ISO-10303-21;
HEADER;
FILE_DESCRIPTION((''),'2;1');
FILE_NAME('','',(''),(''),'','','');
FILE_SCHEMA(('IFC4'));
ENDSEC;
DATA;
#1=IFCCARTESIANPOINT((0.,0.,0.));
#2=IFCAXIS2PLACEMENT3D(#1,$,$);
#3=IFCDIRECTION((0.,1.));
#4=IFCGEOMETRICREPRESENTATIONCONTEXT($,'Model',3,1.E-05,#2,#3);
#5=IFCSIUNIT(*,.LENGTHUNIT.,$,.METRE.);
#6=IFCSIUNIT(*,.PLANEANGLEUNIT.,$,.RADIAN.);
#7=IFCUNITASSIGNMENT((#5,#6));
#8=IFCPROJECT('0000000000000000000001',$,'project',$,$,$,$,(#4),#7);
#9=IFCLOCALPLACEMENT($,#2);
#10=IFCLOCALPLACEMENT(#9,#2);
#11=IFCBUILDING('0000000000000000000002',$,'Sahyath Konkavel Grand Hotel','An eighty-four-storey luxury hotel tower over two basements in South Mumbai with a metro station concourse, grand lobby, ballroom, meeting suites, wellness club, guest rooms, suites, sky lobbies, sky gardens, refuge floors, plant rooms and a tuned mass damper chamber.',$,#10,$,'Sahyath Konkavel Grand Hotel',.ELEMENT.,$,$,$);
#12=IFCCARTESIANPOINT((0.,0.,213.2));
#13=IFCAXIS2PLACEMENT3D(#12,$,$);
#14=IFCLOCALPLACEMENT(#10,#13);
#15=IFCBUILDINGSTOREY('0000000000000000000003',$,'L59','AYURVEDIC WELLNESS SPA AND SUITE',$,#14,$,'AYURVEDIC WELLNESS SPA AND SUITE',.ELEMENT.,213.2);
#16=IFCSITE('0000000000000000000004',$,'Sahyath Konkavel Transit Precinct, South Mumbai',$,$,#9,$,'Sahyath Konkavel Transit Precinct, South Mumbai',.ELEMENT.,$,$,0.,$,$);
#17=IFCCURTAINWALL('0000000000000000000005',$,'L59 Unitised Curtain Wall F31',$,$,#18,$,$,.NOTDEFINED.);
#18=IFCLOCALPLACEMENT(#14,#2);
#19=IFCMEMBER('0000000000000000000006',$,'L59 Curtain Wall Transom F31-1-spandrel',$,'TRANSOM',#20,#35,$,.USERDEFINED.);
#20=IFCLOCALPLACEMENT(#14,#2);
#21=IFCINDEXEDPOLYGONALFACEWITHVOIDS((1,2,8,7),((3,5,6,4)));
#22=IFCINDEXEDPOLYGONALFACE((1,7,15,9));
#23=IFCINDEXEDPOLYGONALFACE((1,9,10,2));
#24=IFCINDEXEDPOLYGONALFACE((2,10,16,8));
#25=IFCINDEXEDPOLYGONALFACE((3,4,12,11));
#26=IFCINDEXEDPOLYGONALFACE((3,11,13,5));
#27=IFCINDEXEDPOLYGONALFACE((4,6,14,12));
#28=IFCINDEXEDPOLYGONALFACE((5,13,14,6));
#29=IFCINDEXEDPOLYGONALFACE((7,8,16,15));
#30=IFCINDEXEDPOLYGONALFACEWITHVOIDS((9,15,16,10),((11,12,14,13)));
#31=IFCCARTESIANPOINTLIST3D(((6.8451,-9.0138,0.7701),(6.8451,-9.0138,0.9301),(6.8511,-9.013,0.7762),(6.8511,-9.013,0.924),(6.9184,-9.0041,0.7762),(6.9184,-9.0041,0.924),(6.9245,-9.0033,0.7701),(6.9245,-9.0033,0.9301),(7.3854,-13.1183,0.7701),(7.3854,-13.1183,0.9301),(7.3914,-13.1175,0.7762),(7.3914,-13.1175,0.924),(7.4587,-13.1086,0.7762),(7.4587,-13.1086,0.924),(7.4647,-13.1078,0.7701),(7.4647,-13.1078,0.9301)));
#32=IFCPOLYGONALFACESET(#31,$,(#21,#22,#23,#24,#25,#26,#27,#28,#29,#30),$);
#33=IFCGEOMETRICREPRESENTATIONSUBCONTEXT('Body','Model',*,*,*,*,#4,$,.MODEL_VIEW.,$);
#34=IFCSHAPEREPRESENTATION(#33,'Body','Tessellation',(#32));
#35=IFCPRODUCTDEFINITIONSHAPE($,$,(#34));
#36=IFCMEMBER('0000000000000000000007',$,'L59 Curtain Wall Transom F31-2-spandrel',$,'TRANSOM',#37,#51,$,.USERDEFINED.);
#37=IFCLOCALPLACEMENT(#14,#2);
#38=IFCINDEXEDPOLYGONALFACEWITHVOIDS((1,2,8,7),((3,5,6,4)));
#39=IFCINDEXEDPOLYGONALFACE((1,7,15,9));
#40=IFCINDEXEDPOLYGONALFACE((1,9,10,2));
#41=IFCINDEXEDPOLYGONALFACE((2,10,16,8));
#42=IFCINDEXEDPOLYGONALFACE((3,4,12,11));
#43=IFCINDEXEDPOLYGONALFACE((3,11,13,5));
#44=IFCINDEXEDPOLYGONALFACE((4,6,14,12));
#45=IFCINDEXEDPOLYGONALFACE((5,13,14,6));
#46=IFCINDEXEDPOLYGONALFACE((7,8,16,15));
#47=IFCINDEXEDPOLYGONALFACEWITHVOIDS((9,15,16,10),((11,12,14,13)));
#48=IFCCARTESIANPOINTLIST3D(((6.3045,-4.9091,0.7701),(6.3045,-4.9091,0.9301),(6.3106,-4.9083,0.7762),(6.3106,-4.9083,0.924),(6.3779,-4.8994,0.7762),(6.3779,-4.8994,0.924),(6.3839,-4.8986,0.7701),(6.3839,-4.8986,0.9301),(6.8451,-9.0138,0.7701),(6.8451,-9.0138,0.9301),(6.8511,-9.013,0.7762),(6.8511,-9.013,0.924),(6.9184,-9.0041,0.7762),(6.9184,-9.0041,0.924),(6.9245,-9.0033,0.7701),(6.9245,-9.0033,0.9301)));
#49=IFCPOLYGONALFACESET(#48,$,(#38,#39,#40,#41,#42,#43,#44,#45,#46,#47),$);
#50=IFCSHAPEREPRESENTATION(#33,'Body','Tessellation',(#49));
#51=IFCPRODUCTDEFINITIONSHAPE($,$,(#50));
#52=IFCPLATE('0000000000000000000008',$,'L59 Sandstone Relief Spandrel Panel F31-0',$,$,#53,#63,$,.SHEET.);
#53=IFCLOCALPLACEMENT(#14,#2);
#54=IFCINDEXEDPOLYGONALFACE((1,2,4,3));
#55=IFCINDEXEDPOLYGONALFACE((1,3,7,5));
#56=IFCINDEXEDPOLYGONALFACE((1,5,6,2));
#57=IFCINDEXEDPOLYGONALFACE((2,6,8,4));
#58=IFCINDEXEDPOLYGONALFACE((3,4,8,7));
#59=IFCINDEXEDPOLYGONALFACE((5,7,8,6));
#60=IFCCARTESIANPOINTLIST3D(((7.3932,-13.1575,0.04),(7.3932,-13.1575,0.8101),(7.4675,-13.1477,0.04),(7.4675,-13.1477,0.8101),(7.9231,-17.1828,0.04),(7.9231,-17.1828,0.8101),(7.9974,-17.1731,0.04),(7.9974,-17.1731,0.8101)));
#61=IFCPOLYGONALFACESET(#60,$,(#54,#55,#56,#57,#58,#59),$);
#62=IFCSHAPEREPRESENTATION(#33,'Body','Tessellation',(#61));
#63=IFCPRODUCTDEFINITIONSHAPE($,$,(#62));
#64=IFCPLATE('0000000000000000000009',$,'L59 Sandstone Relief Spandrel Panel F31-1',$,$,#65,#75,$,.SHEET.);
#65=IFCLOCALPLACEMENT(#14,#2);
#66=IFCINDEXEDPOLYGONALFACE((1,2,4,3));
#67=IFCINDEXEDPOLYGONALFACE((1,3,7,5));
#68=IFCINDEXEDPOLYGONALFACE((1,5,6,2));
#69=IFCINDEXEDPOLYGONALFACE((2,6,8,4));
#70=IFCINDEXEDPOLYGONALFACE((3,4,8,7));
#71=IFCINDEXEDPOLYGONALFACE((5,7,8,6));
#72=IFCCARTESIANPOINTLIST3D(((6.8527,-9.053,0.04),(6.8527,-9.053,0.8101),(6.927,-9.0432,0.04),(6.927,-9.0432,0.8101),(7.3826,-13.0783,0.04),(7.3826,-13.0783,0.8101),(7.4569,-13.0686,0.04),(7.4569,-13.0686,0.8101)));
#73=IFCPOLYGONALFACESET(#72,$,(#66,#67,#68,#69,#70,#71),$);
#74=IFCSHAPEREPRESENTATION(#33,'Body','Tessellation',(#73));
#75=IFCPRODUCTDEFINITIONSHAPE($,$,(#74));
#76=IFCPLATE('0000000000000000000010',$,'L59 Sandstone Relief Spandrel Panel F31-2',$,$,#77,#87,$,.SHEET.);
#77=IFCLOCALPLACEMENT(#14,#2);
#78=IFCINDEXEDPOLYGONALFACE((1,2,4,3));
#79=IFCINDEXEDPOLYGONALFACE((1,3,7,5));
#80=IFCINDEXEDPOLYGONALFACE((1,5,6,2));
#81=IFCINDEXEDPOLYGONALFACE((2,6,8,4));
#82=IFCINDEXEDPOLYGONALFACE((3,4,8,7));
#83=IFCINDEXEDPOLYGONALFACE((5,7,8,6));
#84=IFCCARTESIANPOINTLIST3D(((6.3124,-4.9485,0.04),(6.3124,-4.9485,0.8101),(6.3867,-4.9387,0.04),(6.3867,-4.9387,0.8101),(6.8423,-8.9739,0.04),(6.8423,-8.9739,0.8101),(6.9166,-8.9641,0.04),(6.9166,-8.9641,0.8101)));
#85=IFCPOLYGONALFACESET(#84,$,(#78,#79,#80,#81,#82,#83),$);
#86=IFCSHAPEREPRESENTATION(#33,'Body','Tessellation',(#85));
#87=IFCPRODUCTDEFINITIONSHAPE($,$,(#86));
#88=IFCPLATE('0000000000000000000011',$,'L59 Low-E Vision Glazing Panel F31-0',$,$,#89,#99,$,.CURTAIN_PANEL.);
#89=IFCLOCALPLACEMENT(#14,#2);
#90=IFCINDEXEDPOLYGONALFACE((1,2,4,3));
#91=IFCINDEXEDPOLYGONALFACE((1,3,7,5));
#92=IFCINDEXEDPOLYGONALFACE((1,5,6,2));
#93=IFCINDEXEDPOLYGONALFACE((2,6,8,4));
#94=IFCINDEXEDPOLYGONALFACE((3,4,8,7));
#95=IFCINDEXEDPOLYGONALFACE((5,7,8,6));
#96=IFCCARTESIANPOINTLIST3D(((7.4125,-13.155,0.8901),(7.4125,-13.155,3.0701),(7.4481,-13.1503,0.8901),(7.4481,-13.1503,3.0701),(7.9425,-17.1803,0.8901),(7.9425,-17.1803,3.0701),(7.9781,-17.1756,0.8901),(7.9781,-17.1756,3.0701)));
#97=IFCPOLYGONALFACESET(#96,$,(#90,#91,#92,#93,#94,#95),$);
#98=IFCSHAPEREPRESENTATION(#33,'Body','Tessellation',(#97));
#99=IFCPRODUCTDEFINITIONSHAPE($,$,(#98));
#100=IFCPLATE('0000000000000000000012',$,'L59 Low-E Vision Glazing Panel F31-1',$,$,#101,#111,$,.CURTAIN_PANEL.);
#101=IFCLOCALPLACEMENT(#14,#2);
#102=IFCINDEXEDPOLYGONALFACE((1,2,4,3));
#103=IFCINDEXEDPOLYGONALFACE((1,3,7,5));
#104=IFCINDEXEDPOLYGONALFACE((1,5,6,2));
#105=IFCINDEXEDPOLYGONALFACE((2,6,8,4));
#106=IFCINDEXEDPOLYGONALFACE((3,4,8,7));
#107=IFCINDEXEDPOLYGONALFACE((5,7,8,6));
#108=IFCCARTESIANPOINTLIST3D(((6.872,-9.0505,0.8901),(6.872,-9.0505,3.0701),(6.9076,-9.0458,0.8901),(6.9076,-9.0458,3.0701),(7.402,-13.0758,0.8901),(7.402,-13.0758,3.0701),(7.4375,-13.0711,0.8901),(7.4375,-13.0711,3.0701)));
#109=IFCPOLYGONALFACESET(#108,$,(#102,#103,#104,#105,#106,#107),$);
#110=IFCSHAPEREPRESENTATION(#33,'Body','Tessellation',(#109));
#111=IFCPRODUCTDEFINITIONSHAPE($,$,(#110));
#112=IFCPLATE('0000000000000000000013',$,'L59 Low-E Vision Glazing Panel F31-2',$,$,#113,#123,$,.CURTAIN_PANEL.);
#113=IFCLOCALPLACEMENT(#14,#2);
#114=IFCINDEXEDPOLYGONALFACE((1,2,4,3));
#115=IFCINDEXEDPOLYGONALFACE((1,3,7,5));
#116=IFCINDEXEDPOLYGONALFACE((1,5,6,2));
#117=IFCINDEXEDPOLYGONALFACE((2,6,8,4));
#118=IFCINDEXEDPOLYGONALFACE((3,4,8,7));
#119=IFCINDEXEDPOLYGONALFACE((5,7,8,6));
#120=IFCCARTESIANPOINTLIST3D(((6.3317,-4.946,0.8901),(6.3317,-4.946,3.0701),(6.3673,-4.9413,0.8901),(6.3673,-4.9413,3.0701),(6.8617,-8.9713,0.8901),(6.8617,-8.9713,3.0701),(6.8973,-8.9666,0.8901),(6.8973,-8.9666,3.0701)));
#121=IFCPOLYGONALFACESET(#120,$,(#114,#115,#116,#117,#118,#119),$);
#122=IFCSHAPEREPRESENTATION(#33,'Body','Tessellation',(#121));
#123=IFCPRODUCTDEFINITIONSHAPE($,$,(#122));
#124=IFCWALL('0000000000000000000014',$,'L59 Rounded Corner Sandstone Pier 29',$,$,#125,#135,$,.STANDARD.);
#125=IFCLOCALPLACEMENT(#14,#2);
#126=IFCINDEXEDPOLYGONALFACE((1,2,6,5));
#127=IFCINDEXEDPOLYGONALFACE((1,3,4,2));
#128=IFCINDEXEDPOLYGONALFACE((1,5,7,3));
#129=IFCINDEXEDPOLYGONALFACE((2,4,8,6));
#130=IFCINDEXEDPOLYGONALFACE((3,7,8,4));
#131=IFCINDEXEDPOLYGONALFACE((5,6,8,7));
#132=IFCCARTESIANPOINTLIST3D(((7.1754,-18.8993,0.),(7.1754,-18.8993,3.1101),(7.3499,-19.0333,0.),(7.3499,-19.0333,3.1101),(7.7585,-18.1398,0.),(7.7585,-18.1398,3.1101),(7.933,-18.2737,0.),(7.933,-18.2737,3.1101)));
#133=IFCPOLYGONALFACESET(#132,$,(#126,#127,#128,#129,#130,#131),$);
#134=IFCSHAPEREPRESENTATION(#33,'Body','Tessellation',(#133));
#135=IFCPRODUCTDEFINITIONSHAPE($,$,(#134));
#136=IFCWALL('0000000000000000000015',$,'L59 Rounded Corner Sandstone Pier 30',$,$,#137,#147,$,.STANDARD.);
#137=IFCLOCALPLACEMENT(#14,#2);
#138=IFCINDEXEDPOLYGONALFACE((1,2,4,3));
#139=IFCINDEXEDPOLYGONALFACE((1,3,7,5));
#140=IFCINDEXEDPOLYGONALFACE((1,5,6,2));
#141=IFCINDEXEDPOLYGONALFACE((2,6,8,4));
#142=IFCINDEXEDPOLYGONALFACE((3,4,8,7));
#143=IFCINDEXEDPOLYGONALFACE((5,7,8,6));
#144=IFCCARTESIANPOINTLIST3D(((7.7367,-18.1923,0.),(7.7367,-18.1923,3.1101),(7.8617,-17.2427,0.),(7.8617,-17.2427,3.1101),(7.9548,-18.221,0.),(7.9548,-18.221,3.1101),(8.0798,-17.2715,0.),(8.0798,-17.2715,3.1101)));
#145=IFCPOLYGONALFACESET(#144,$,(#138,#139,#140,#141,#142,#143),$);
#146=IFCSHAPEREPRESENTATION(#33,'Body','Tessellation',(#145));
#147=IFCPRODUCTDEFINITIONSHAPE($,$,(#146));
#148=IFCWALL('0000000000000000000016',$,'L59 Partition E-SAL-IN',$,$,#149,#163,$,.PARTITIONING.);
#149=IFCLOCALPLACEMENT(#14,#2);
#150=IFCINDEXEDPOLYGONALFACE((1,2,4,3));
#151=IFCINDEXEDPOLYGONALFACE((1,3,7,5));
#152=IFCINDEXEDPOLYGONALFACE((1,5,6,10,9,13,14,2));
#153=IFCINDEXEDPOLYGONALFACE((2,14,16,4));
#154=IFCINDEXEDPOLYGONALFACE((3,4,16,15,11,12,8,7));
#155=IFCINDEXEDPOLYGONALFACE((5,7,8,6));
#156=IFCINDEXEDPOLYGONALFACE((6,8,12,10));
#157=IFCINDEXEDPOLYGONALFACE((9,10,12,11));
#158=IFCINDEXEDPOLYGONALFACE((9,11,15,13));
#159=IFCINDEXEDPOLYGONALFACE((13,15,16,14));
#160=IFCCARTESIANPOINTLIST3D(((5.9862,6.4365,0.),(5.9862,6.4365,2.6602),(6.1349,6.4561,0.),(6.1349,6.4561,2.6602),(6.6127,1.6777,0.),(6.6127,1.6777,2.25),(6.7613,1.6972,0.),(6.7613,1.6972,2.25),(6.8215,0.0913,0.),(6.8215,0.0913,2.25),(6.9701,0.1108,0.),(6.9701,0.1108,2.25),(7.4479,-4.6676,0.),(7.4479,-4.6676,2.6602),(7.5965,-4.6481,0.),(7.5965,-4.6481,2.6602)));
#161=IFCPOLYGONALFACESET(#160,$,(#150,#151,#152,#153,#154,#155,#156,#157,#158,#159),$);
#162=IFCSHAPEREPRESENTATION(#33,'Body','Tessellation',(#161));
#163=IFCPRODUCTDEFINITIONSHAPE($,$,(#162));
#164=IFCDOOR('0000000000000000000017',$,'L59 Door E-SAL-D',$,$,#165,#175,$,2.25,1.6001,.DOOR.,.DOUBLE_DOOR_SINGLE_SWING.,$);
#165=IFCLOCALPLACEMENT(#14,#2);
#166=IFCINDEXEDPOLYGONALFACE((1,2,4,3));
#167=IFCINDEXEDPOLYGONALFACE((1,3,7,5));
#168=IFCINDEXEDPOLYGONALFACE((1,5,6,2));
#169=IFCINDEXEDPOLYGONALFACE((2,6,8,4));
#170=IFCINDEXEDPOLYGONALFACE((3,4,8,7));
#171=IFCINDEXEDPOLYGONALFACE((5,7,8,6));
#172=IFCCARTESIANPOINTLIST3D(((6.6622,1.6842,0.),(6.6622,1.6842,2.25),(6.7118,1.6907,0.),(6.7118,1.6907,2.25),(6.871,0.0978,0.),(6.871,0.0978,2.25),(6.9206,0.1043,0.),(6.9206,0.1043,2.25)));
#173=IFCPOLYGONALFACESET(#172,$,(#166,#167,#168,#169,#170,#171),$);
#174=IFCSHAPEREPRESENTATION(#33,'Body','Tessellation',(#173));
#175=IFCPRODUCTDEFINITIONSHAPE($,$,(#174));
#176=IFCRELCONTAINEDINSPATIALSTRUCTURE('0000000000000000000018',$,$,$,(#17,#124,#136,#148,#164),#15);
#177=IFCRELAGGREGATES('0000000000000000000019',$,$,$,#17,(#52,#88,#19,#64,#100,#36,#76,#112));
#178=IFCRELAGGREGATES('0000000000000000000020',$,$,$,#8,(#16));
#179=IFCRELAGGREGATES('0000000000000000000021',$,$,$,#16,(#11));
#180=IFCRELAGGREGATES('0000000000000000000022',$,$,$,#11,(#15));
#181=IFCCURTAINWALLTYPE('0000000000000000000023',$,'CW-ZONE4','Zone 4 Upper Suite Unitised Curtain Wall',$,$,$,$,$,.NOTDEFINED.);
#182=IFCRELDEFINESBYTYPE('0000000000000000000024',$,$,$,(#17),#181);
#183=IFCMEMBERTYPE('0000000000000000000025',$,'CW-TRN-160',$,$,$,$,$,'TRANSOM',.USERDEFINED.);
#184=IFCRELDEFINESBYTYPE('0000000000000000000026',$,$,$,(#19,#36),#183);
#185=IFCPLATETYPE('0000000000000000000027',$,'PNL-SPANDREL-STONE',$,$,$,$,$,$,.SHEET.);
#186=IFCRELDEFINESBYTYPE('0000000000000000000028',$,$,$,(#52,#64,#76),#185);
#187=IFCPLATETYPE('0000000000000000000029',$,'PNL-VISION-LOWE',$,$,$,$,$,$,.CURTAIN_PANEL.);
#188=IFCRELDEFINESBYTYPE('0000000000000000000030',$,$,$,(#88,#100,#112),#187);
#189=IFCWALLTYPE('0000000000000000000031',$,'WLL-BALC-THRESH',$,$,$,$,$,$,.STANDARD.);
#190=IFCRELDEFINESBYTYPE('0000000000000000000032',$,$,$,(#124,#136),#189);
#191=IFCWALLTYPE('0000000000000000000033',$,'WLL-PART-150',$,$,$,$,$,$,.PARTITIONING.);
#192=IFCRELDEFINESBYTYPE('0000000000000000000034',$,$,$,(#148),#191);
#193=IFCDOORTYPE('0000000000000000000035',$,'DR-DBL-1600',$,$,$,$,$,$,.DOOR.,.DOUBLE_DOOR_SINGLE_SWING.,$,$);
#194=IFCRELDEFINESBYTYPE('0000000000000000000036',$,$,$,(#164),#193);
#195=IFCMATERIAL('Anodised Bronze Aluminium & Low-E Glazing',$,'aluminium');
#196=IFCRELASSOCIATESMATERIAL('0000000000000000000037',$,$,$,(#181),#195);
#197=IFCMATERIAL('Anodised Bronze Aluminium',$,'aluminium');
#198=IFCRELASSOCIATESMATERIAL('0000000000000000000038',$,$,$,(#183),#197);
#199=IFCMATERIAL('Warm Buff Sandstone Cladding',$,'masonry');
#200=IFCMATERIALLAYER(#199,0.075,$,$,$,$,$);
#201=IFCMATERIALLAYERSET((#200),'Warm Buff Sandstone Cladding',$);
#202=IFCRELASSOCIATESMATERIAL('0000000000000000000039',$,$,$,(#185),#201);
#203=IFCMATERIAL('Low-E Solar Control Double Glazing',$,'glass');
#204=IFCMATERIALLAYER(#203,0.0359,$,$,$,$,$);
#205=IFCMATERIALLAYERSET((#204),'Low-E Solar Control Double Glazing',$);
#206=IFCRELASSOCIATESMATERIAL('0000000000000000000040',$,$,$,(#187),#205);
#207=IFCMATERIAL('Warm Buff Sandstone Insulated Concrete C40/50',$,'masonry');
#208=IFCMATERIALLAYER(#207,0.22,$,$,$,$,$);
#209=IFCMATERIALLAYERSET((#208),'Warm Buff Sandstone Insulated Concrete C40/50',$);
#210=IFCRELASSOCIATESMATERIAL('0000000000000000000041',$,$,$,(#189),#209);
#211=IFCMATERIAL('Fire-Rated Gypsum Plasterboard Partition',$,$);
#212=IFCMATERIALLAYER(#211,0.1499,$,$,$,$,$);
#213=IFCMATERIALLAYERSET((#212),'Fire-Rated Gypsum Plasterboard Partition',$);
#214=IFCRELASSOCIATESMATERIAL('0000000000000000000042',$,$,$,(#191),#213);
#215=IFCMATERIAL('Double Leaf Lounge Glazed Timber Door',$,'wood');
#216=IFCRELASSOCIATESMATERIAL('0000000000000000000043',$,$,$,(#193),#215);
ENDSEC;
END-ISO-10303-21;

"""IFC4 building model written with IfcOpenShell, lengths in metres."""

from ifc_helpers import new_model, si_unit, direction, frame, frame_2d, origin, origin_2d, place, context, subcontext, project, spatial, rectangle, hollow_rectangle, extrude, source, transform, mapped, material, layer, layer_set, material_profile, profile_set, type_object, element, fill, aggregate, save


model = new_model("IFC4")

# Units and contexts
model_context = context("Model", 3, precision=1e-05, world=origin(), true_north=direction((0.0, 1.0)))
body_context = subcontext(model_context, "Body", "Model", "MODEL_VIEW")
ifc_project = project(units=[si_unit("LENGTHUNIT", "METRE"), si_unit("PLANEANGLEUNIT", "RADIAN")], contexts=[model_context])

# Site, building, storey
site_placement = place(None, origin())
site = spatial("IfcSite", under=ifc_project, at=site_placement, Name="Sahyath Konkavel Transit Precinct, South Mumbai", LongName="Sahyath Konkavel Transit Precinct, South Mumbai", CompositionType="ELEMENT", RefElevation=0.0)
building_placement = place(site_placement, origin())
building = spatial("IfcBuilding", under=site, at=building_placement, Name="Sahyath Konkavel Grand Hotel", Description="An eighty-four-storey luxury hotel tower over two basements in South Mumbai with a metro station concourse, grand lobby, ballroom, meeting suites, wellness club, guest rooms, suites, sky lobbies, sky gardens, refuge floors, plant rooms and a tuned mass damper chamber.", LongName="Sahyath Konkavel Grand Hotel", CompositionType="ELEMENT")
storey_placement = place(building_placement, frame((0.0, 0.0, 213.2)))
storey = spatial("IfcBuildingStorey", under=building, at=storey_placement, Name="L59", Description="AYURVEDIC WELLNESS SPA AND SUITE", LongName="AYURVEDIC WELLNESS SPA AND SUITE", CompositionType="ELEMENT", Elevation=213.2)

# Curtain wall
ifc_material_1 = material(Name="Anodised Bronze Aluminium & Low-E Glazing", Category="aluminium")
curtain_wall_type = type_object("IfcCurtainWallType", Name="CW-ZONE4", Description="Zone 4 Upper Suite Unitised Curtain Wall", PredefinedType="NOTDEFINED", material=ifc_material_1)
curtain_wall_1_placement = place(storey_placement, origin())
curtain_wall_1 = element("IfcCurtainWall", 1, at=curtain_wall_1_placement, inside=storey, type_object=curtain_wall_type, Name="L59 Unitised Curtain Wall F31", PredefinedType="NOTDEFINED")

# Shared definitions
ifc_material_2 = material(Name="Anodised Bronze Aluminium", Category="aluminium")

# Members
ifc_material_profile_1 = material_profile(ifc_material_2, hollow_rectangle(XDim=0.0801, YDim=0.1599, WallThickness=0.0061, at=origin_2d()), Name="RHS 160x80x6")
ifc_profile_set_1 = profile_set([ifc_material_profile_1], Name="Anodised Bronze Aluminium")
member_type_1 = type_object("IfcMemberType", Name="CW-TRN-160", ElementType="TRANSOM", PredefinedType="USERDEFINED", material=ifc_profile_set_1)
shared_shape_1 = source(origin(), body_context, "Body", "SweptSolid", [
    extrude(hollow_rectangle(XDim=0.0801, YDim=0.1599, WallThickness=0.0061, at=origin_2d()), origin(), (0.0, 0.0, 1.0), 4.1399),
])
member_1_placement = place(storey_placement, frame((7.425, -13.113, 0.8501), z_axis=(-0.130506, 0.991447, 0.0), x_axis=(-0.991447, -0.130506, 0.0)))
member_1 = element("IfcMember", 2, at=member_1_placement, type_object=member_type_1, Name="L59 Curtain Wall Transom F31-1-spandrel", ObjectType="TRANSOM", PredefinedType="USERDEFINED", context=body_context, shape_type="MappedRepresentation", body=[
    mapped(shared_shape_1, transform((0.0, 0.0, 0.0), scale=1.0)),
])
shared_shape_2 = source(origin(), body_context, "Body", "SweptSolid", [
    extrude(hollow_rectangle(XDim=0.0801, YDim=0.1599, WallThickness=0.0061, at=origin_2d()), origin(), (0.0, 0.0, 1.0), 4.1401),
])
member_2_placement = place(storey_placement, frame((6.8848, -9.0085, 0.8501), z_axis=(-0.130557, 0.991441, 0.0), x_axis=(-0.991441, -0.130557, 0.0)))
member_2 = element("IfcMember", 3, at=member_2_placement, type_object=member_type_1, Name="L59 Curtain Wall Transom F31-2-spandrel", ObjectType="TRANSOM", PredefinedType="USERDEFINED", context=body_context, shape_type="MappedRepresentation", body=[
    mapped(shared_shape_2, transform((0.0, 0.0, 0.0), scale=1.0)),
])

# Plates
ifc_material_3 = material(Name="Warm Buff Sandstone Cladding", Category="masonry")
ifc_layer_1 = layer(ifc_material_3, 0.075)
ifc_layer_set_1 = layer_set([ifc_layer_1], Name="Warm Buff Sandstone Cladding")
plate_type_1 = type_object("IfcPlateType", Name="PNL-SPANDREL-STONE", PredefinedType="SHEET", material=ifc_layer_set_1)
shared_shape_3 = source(origin(), body_context, "Body", "SweptSolid", [
    extrude(rectangle(XDim=4.0601, YDim=0.075, at=origin_2d()), origin(), (0.0, 0.0, 1.0), 0.77),
])
plate_1_placement = place(storey_placement, frame((7.6953, -15.1653, 0.04), z_axis=(0.0, 0.0, 1.0), x_axis=(-0.130526, 0.991445, 0.0)))
plate_1 = element("IfcPlate", 4, at=plate_1_placement, type_object=plate_type_1, Name="L59 Sandstone Relief Spandrel Panel F31-0", PredefinedType="SHEET", context=body_context, shape_type="MappedRepresentation", body=[
    mapped(shared_shape_3, transform((0.0, 0.0, 0.0), scale=1.0)),
])
plate_2_placement = place(storey_placement, frame((7.1548, -11.0608, 0.04), z_axis=(0.0, 0.0, 1.0), x_axis=(-0.130526, 0.991445, 0.0)))
plate_2 = element("IfcPlate", 5, at=plate_2_placement, type_object=plate_type_1, Name="L59 Sandstone Relief Spandrel Panel F31-1", PredefinedType="SHEET", context=body_context, shape_type="MappedRepresentation", body=[
    mapped(shared_shape_3, transform((0.0, 0.0, 0.0), scale=1.0)),
])
plate_3_placement = place(storey_placement, frame((6.6145, -6.9563, 0.04), z_axis=(0.0, 0.0, 1.0), x_axis=(-0.130526, 0.991445, 0.0)))
plate_3 = element("IfcPlate", 6, at=plate_3_placement, type_object=plate_type_1, Name="L59 Sandstone Relief Spandrel Panel F31-2", PredefinedType="SHEET", context=body_context, shape_type="MappedRepresentation", body=[
    mapped(shared_shape_3, transform((0.0, 0.0, 0.0), scale=1.0)),
])
ifc_material_4 = material(Name="Low-E Solar Control Double Glazing", Category="glass")
ifc_layer_2 = layer(ifc_material_4, 0.0359)
ifc_layer_set_2 = layer_set([ifc_layer_2], Name="Low-E Solar Control Double Glazing")
plate_type_2 = type_object("IfcPlateType", Name="PNL-VISION-LOWE", PredefinedType="CURTAIN_PANEL", material=ifc_layer_set_2)
shared_shape_4 = source(origin(), body_context, "Body", "SweptSolid", [
    extrude(rectangle(XDim=4.0601, YDim=0.0359, at=origin_2d()), origin(), (0.0, 0.0, 1.0), 2.1799),
])
plate_4_placement = place(storey_placement, frame((7.6953, -15.1653, 0.8901), z_axis=(0.0, 0.0, 1.0), x_axis=(-0.130526, 0.991445, 0.0)))
plate_4 = element("IfcPlate", 7, at=plate_4_placement, type_object=plate_type_2, Name="L59 Low-E Vision Glazing Panel F31-0", PredefinedType="CURTAIN_PANEL", context=body_context, shape_type="MappedRepresentation", body=[
    mapped(shared_shape_4, transform((0.0, 0.0, 0.0), scale=1.0)),
])
plate_5_placement = place(storey_placement, frame((7.1548, -11.0608, 0.8901), z_axis=(0.0, 0.0, 1.0), x_axis=(-0.130526, 0.991445, 0.0)))
plate_5 = element("IfcPlate", 8, at=plate_5_placement, type_object=plate_type_2, Name="L59 Low-E Vision Glazing Panel F31-1", PredefinedType="CURTAIN_PANEL", context=body_context, shape_type="MappedRepresentation", body=[
    mapped(shared_shape_4, transform((0.0, 0.0, 0.0), scale=1.0)),
])
plate_6_placement = place(storey_placement, frame((6.6145, -6.9563, 0.8901), z_axis=(0.0, 0.0, 1.0), x_axis=(-0.130526, 0.991445, 0.0)))
plate_6 = element("IfcPlate", 9, at=plate_6_placement, type_object=plate_type_2, Name="L59 Low-E Vision Glazing Panel F31-2", PredefinedType="CURTAIN_PANEL", context=body_context, shape_type="MappedRepresentation", body=[
    mapped(shared_shape_4, transform((0.0, 0.0, 0.0), scale=1.0)),
])
aggregate(curtain_wall_1, [plate_1, plate_4, member_1, plate_2, plate_5, member_2, plate_3, plate_6])

# Walls
ifc_material_5 = material(Name="Warm Buff Sandstone Insulated Concrete C40/50", Category="masonry")
ifc_layer_3 = layer(ifc_material_5, 0.22)
ifc_layer_set_3 = layer_set([ifc_layer_3], Name="Warm Buff Sandstone Insulated Concrete C40/50")
wall_type_1 = type_object("IfcWallType", Name="WLL-BALC-THRESH", PredefinedType="STANDARD", material=ifc_layer_set_3)
wall_1_placement = place(storey_placement, frame((7.2627, -18.9663, 0.0), z_axis=(0.0, 0.0, 1.0), x_axis=(0.608897, 0.793249, 0.0)))
element("IfcWall", 10, at=wall_1_placement, inside=storey, type_object=wall_type_1, Name="L59 Rounded Corner Sandstone Pier 29", PredefinedType="STANDARD", context=body_context, shape_type="SweptSolid", body=[
    extrude(rectangle(XDim=0.9575, YDim=0.22, at=frame_2d((0.4788, 0.0))), origin(), (0.0, 0.0, 1.0), 3.1101),
])
wall_2_placement = place(storey_placement, frame((7.8457, -18.2068, 0.0), z_axis=(0.0, 0.0, 1.0), x_axis=(0.130527, 0.991445, 0.0)))
element("IfcWall", 11, at=wall_2_placement, inside=storey, type_object=wall_type_1, Name="L59 Rounded Corner Sandstone Pier 30", PredefinedType="STANDARD", context=body_context, shape_type="SweptSolid", body=[
    extrude(rectangle(XDim=0.9578, YDim=0.22, at=frame_2d((0.479, 0.0))), origin(), (0.0, 0.0, 1.0), 3.1101),
])

# Wall, opening, door
ifc_material_6 = material(Name="Fire-Rated Gypsum Plasterboard Partition")
ifc_layer_4 = layer(ifc_material_6, 0.1499)
ifc_layer_set_4 = layer_set([ifc_layer_4], Name="Fire-Rated Gypsum Plasterboard Partition")
wall_type_2 = type_object("IfcWallType", Name="WLL-PART-150", PredefinedType="PARTITIONING", material=ifc_layer_set_4)
wall_3_placement = place(storey_placement, frame((7.5222, -4.658, 0.0), z_axis=(0.0, 0.0, 1.0), x_axis=(-0.130506, 0.991448, 0.0)))
wall_3 = element("IfcWall", 12, at=wall_3_placement, inside=storey, type_object=wall_type_2, Name="L59 Partition E-SAL-IN", PredefinedType="PARTITIONING", context=body_context, shape_type="SweptSolid", body=[
    extrude(rectangle(XDim=11.2, YDim=0.1499, at=frame_2d((5.6001, 0.0))), origin(), (0.0, 0.0, 1.0), 2.6602),
])
opening_placement = place(wall_3_placement, frame((4.8, 0.0, 0.0)))
opening = element("IfcOpeningElement", 13, at=opening_placement, cuts=wall_3, PredefinedType="OPENING", context=body_context, shape_type="SweptSolid", body=[
    extrude(rectangle(XDim=1.6001, YDim=2.25, at=frame_2d((0.8, 1.125))), frame((0.0, 0.085, 0.0), z_axis=(0.0, -1.0, 0.0), x_axis=(1.0, 0.0, 0.0)), (0.0, 0.0, 1.0), 0.1699),
])
ifc_material_7 = material(Name="Double Leaf Lounge Glazed Timber Door", Category="wood")
door_type = type_object("IfcDoorType", Name="DR-DBL-1600", OperationType="DOUBLE_DOOR_SINGLE_SWING", PredefinedType="DOOR", material=ifc_material_7)
shared_shape_5 = source(origin(), body_context, "Body", "SweptSolid", [
    extrude(rectangle(XDim=1.6001, YDim=0.05, at=origin_2d()), origin(), (0.0, 0.0, 1.0), 2.25),
])
door_placement = place(opening_placement, frame((0.8, 0.0, 0.0)))
door = element("IfcDoor", 14, at=door_placement, inside=storey, type_object=door_type, Name="L59 Door E-SAL-D", OperationType="DOUBLE_DOOR_SINGLE_SWING", OverallHeight=2.25, OverallWidth=1.6001, PredefinedType="DOOR", context=body_context, shape_type="MappedRepresentation", body=[
    mapped(shared_shape_5, transform((0.0, 0.0, 0.0), scale=1.0)),
])
fill(opening, door)

save(model, "model.ifc")
